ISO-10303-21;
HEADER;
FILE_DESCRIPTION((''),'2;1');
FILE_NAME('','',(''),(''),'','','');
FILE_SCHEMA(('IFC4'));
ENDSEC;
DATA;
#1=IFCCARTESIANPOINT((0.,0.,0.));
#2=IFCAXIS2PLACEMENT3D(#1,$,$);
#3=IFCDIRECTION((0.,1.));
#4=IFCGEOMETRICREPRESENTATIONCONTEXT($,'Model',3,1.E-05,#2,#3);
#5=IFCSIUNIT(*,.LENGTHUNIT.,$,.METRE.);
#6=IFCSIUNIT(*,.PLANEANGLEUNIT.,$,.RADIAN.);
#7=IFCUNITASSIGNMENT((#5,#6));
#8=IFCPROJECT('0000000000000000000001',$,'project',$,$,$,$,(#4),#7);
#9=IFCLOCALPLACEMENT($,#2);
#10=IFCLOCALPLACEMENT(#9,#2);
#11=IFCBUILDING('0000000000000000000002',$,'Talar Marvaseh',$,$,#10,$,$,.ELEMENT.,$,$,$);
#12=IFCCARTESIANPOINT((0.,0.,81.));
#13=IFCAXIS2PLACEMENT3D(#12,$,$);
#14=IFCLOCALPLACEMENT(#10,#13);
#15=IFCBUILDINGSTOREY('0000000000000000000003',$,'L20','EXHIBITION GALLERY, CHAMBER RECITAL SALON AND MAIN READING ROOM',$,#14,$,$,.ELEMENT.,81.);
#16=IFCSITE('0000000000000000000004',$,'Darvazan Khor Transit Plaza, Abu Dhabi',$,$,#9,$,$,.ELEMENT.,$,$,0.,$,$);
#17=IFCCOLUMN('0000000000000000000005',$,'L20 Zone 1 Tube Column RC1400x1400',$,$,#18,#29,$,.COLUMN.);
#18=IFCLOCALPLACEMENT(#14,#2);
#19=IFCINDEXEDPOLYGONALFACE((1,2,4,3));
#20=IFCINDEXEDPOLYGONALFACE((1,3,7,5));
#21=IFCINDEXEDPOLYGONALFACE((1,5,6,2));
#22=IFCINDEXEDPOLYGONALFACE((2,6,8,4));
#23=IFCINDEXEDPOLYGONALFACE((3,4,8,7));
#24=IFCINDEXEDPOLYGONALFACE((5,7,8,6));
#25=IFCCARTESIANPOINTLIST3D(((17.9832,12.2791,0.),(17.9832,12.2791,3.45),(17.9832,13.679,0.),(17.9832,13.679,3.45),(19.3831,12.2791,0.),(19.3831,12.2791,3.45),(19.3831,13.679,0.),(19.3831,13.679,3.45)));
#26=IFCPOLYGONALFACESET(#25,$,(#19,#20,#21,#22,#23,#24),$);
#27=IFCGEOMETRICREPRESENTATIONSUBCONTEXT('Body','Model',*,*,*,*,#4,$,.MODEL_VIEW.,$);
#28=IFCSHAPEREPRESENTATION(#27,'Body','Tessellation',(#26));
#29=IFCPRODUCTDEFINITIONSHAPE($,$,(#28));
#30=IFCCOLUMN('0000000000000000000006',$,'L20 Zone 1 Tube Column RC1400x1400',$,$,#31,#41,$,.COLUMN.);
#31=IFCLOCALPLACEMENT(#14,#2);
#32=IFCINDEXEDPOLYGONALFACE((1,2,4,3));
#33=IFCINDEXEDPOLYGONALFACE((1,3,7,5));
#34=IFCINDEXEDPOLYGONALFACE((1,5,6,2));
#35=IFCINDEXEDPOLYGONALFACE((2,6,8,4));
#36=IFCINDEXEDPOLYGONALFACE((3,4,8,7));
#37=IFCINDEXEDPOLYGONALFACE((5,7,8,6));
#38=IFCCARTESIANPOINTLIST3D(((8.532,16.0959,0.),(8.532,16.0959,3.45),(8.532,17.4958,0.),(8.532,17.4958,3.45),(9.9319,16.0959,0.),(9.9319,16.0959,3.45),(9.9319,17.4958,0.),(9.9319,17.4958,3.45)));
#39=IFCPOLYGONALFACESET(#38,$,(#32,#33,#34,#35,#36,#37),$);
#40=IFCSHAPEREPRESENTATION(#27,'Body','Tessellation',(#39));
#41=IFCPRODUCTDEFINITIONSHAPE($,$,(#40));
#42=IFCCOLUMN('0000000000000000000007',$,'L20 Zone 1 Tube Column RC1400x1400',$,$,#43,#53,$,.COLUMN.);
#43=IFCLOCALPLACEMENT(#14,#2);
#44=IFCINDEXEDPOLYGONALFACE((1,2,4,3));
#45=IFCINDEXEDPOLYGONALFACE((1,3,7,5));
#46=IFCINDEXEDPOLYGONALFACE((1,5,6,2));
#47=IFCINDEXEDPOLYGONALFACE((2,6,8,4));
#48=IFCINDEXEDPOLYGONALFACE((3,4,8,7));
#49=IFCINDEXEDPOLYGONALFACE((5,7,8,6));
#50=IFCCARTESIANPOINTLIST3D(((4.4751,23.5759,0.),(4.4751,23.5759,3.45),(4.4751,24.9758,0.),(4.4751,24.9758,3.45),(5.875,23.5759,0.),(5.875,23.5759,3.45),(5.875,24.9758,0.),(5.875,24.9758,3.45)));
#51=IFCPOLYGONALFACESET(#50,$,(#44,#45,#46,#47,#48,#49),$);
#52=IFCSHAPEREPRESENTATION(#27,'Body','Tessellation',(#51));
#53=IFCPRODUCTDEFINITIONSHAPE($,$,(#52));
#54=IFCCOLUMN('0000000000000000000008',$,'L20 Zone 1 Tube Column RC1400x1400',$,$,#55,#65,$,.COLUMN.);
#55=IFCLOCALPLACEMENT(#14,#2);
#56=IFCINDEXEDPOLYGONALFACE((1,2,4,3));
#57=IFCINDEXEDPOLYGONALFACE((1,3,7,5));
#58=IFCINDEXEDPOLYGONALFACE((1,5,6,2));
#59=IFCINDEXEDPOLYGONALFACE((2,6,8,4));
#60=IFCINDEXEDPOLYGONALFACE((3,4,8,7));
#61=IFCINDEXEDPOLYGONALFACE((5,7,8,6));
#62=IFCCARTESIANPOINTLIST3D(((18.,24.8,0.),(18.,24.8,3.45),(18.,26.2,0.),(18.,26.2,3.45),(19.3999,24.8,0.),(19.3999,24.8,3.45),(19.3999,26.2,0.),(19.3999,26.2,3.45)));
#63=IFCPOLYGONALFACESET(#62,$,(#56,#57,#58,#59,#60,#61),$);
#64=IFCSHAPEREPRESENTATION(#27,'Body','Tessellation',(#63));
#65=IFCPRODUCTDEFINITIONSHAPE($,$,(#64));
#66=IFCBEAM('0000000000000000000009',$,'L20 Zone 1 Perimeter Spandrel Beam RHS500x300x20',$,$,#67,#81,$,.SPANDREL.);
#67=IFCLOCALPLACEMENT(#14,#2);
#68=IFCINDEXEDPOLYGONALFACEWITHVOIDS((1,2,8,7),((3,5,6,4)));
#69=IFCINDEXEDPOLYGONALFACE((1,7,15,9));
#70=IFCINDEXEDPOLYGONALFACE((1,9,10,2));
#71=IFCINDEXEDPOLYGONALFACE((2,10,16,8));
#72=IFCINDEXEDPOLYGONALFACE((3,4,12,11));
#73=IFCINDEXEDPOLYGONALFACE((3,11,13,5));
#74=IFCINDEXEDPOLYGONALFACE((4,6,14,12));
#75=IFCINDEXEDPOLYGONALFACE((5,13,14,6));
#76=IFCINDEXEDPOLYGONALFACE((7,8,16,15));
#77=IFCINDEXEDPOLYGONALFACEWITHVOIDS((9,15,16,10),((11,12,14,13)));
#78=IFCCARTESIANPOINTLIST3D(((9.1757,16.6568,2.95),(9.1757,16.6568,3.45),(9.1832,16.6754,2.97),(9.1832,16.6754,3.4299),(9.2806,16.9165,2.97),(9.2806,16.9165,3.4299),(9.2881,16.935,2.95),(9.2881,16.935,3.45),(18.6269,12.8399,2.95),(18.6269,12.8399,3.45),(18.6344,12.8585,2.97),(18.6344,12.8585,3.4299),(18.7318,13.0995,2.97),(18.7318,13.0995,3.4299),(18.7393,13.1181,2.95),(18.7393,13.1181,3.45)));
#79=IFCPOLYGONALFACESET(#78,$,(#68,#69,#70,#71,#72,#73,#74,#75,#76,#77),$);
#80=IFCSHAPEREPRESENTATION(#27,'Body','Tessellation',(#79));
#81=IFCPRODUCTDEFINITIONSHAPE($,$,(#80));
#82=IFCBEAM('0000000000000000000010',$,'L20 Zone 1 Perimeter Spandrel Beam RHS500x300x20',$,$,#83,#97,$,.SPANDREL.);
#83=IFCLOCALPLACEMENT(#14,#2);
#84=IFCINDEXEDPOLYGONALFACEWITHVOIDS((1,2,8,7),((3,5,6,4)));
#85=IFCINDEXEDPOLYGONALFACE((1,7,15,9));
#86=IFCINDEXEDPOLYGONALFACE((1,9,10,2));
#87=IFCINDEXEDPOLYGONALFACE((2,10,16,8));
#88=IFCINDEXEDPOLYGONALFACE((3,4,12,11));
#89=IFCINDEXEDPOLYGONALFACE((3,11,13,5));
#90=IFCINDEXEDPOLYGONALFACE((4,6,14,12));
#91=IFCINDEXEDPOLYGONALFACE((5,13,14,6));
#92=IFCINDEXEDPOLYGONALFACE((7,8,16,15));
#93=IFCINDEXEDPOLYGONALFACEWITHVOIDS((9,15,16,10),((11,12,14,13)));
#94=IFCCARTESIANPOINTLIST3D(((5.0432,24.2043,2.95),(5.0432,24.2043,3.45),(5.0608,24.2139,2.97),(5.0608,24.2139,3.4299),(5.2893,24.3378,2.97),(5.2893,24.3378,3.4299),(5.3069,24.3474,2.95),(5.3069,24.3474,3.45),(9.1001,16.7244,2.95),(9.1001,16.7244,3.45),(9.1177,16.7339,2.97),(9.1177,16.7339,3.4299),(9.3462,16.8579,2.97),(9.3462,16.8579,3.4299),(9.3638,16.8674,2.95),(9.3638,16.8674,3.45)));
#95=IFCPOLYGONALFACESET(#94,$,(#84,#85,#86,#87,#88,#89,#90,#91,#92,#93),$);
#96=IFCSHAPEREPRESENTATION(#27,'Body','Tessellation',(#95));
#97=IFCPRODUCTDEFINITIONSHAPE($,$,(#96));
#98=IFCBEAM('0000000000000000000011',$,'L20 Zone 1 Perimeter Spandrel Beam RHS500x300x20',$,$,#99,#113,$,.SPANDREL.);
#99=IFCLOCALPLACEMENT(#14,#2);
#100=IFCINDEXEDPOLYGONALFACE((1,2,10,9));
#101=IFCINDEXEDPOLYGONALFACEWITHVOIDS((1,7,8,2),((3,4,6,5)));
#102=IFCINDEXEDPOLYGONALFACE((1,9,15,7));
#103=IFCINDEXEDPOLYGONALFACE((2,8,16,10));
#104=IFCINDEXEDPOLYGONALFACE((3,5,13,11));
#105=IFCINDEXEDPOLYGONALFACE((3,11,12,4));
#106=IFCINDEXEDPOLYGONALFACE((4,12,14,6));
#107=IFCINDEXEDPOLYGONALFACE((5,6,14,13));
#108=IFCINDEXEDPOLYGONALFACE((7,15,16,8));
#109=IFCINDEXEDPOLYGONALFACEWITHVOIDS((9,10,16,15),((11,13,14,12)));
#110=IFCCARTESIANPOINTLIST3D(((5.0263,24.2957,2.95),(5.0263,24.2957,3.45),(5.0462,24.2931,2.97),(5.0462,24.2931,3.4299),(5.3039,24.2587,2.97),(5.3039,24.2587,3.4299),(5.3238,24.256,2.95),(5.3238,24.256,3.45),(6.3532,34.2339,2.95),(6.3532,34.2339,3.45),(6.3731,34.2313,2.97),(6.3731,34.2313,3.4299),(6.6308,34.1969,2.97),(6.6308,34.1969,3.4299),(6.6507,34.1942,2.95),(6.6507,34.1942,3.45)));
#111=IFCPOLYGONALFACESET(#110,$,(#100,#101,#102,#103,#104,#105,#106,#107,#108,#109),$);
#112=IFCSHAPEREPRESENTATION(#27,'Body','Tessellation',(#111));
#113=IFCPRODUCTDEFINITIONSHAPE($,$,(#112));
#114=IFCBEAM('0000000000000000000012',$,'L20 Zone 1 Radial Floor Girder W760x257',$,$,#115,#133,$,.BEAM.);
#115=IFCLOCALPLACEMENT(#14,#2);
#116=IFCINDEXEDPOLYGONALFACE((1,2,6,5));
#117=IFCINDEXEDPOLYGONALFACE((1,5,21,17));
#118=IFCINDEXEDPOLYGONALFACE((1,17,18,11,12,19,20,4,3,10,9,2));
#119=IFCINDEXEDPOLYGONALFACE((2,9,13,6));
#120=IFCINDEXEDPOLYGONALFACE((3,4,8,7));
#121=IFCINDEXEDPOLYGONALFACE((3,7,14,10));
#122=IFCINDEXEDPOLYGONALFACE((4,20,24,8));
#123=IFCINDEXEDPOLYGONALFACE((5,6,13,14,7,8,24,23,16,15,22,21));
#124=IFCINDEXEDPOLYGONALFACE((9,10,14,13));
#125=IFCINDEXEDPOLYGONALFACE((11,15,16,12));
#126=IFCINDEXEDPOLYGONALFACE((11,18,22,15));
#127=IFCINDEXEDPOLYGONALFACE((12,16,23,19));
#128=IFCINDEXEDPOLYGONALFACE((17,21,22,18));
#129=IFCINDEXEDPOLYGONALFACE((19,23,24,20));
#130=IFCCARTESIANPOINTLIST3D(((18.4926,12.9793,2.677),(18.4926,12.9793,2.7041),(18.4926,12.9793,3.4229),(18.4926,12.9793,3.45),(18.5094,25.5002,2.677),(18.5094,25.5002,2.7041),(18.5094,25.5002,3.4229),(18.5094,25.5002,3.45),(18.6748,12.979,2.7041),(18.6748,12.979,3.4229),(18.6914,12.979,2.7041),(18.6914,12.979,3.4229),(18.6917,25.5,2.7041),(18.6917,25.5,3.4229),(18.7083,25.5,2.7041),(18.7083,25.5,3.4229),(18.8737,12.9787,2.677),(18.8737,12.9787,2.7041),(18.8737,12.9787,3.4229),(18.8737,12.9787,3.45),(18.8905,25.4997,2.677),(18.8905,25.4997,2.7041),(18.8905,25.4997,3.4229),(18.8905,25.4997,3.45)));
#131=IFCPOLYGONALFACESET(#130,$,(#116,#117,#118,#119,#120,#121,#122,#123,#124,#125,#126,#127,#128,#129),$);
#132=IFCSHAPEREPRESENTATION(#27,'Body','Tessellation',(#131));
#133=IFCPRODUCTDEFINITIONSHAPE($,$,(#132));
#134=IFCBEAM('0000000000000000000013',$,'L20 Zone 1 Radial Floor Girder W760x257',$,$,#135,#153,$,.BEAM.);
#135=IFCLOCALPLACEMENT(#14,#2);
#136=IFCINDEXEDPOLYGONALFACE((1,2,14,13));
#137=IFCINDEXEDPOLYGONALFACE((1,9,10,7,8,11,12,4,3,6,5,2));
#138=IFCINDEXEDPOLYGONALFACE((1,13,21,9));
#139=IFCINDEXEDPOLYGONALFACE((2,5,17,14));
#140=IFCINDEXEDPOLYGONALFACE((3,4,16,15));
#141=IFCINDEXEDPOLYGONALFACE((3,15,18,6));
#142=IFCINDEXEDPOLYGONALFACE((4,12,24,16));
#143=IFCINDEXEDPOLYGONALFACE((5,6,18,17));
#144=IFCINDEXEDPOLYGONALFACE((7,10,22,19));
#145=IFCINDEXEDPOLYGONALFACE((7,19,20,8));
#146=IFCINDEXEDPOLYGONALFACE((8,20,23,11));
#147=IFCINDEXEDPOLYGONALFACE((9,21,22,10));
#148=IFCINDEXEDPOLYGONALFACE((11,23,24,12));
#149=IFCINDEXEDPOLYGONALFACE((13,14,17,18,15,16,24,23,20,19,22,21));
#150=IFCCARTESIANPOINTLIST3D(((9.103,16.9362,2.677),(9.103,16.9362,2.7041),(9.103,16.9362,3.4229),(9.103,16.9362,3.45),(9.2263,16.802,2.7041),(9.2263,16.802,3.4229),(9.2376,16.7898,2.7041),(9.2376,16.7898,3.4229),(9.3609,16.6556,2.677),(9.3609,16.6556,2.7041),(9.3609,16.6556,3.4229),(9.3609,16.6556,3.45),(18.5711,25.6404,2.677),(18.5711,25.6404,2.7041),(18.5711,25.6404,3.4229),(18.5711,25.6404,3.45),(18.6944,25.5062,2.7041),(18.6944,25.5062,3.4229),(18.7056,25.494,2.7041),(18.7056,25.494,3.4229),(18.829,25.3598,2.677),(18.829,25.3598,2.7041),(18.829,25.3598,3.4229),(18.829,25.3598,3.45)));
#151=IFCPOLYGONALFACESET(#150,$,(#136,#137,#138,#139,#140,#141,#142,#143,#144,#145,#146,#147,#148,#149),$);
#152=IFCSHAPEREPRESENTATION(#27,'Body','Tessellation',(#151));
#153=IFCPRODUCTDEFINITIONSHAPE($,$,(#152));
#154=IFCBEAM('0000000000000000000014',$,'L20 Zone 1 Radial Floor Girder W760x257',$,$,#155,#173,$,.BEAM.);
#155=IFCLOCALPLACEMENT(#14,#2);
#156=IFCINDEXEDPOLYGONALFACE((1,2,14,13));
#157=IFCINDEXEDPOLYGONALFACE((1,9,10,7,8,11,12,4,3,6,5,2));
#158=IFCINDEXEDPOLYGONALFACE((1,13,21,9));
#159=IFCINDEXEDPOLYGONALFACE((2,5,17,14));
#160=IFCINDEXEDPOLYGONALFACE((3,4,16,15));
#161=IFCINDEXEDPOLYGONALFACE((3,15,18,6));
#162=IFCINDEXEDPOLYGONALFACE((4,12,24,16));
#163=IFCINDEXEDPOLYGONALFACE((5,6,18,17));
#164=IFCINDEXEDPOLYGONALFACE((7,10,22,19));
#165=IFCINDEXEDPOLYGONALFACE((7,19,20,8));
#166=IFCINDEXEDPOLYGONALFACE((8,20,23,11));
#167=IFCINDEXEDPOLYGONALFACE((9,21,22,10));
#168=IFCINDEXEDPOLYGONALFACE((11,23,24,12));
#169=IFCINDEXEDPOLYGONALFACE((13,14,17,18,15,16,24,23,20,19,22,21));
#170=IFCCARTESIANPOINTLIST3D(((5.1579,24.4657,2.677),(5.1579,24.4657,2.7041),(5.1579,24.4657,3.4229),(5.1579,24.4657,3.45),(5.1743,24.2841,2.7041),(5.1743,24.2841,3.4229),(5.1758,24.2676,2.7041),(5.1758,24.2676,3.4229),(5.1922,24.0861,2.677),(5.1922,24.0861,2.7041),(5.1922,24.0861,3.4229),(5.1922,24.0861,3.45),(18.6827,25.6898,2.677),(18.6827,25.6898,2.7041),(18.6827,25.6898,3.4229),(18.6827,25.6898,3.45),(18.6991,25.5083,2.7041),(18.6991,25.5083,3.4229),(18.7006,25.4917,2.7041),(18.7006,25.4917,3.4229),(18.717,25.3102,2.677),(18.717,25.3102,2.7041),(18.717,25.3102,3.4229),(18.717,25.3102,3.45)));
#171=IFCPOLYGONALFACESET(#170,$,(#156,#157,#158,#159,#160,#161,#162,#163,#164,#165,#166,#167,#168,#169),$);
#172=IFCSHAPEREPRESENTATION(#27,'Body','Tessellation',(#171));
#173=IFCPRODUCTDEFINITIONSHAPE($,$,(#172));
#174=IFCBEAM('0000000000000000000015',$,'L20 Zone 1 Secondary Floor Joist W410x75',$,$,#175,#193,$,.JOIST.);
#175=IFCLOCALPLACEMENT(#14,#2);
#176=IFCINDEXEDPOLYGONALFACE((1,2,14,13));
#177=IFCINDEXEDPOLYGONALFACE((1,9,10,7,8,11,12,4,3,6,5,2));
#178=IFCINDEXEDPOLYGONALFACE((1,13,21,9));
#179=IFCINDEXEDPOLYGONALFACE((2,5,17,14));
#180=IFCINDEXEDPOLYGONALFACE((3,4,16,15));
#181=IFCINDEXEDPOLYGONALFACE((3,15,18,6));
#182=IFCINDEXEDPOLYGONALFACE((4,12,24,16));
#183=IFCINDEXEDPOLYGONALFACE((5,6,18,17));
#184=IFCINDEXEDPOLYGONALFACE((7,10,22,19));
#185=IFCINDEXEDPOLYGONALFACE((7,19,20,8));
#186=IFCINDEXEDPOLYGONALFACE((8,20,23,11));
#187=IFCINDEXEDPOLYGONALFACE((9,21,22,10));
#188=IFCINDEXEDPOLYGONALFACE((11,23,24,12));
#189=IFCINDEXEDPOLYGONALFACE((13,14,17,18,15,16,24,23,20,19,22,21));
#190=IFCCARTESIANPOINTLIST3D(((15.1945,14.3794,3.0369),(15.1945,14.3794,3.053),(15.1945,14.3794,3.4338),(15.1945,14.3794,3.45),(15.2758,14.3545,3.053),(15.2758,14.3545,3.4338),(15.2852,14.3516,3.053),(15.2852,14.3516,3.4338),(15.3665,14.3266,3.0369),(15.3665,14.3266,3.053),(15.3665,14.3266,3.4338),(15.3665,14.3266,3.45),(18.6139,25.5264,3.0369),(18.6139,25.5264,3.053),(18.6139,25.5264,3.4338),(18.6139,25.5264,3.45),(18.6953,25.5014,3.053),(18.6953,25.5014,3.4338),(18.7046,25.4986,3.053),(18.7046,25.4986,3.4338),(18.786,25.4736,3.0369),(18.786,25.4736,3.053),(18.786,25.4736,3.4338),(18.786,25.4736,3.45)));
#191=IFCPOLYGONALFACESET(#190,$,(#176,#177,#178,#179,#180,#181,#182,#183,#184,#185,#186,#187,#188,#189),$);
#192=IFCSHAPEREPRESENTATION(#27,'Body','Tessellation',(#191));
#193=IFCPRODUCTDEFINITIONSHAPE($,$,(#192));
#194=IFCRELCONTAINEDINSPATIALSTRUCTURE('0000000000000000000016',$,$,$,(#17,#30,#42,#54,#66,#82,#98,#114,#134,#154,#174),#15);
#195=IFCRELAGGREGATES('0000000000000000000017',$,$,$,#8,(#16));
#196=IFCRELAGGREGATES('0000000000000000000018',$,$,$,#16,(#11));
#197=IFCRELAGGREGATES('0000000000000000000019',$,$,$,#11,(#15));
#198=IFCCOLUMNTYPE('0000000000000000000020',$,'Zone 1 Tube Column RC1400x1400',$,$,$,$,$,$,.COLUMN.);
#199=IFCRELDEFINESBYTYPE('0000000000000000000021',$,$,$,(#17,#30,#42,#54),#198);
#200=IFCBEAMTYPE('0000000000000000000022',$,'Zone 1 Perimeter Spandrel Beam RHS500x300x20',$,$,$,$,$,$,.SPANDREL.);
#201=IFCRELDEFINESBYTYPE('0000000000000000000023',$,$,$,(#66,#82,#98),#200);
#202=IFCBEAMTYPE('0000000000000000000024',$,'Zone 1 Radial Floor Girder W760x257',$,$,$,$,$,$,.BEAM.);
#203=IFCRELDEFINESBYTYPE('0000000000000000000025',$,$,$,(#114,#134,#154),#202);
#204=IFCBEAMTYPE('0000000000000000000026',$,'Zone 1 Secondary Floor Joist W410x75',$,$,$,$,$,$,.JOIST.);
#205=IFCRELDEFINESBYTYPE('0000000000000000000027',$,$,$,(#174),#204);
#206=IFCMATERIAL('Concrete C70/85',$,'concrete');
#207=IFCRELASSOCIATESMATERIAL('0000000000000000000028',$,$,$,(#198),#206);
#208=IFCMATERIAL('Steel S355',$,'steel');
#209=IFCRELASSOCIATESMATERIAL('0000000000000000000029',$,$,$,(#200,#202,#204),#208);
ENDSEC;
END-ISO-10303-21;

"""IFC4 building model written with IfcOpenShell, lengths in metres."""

from ifc_helpers import new_model, si_unit, direction, frame, origin, origin_2d, place, context, subcontext, project, spatial, rectangle, hollow_rectangle, i_section, extrude, material, material_profile, profile_set, type_object, element, save


model = new_model("IFC4")

# Units and contexts
model_context = context("Model", 3, precision=1e-05, world=origin(), true_north=direction((0.0, 1.0)))
body_context = subcontext(model_context, "Body", "Model", "MODEL_VIEW")
ifc_project = project(units=[si_unit("LENGTHUNIT", "METRE"), si_unit("PLANEANGLEUNIT", "RADIAN")], contexts=[model_context])

# Site, building, storey
site_placement = place(None, origin())
site = spatial("IfcSite", under=ifc_project, at=site_placement, Name="Darvazan Khor Transit Plaza, Abu Dhabi", CompositionType="ELEMENT", RefElevation=0.0)
building_placement = place(site_placement, origin())
building = spatial("IfcBuilding", under=site, at=building_placement, Name="Talar Marvaseh", CompositionType="ELEMENT")
storey_placement = place(building_placement, frame((0.0, 0.0, 81.0)))
storey = spatial("IfcBuildingStorey", under=building, at=storey_placement, Name="L20", Description="EXHIBITION GALLERY, CHAMBER RECITAL SALON AND MAIN READING ROOM", CompositionType="ELEMENT", Elevation=81.0)

# Columns
ifc_material_1 = material(Name="Concrete C70/85", Category="concrete")
ifc_material_profile_1 = material_profile(ifc_material_1, rectangle(XDim=1.3999, YDim=1.3999, at=origin_2d()), Name="RC1400x1400")
ifc_profile_set_1 = profile_set([ifc_material_profile_1], Name="Concrete C70/85")
column_type = type_object("IfcColumnType", Name="Zone 1 Tube Column RC1400x1400", PredefinedType="COLUMN", material=ifc_profile_set_1)
for number, where, z_axis, x_axis, name in (
    (1, (18.6831, 12.979, 0.0), (0.0, 0.0, 1.0), (1.0, 0.0, 0.0), "L20 Zone 1 Tube Column RC1400x1400"),
    (2, (9.2319, 16.7959, 0.0), (0.0, 0.0, 1.0), (1.0, 0.0, 0.0), "L20 Zone 1 Tube Column RC1400x1400"),
    (3, (5.175, 24.2759, 0.0), (0.0, 0.0, 1.0), (1.0, 0.0, 0.0), "L20 Zone 1 Tube Column RC1400x1400"),
    (4, (18.7, 25.5, 0.0), (0.0, 0.0, 1.0), (1.0, 0.0, 0.0), "L20 Zone 1 Tube Column RC1400x1400"),
):
    element("IfcColumn", number, at=place(storey_placement, frame(where, z_axis=z_axis, x_axis=x_axis)), inside=storey, type_object=column_type, Name=name, PredefinedType="COLUMN", context=body_context, shape_type="SweptSolid", body=[
        extrude(rectangle(XDim=1.3999, YDim=1.3999, at=origin_2d()), origin(), (0.0, 0.0, 1.0), 3.45),
    ])

# Beams
ifc_material_2 = material(Name="Steel S355", Category="steel")
ifc_material_profile_2 = material_profile(ifc_material_2, hollow_rectangle(XDim=0.3, YDim=0.5, WallThickness=0.02, at=origin_2d()), Name="RHS500x300x20")
ifc_profile_set_2 = profile_set([ifc_material_profile_2], Name="Steel S355")
beam_type_1 = type_object("IfcBeamType", Name="Zone 1 Perimeter Spandrel Beam RHS500x300x20", PredefinedType="SPANDREL", material=ifc_profile_set_2)
beam_1_placement = place(storey_placement, frame((18.6831, 12.979, 3.2), z_axis=(-0.927239, 0.374469, 0.0), x_axis=(-0.374469, -0.927239, 0.0)))
element("IfcBeam", 5, at=beam_1_placement, inside=storey, type_object=beam_type_1, Name="L20 Zone 1 Perimeter Spandrel Beam RHS500x300x20", PredefinedType="SPANDREL", context=body_context, shape_type="SweptSolid", body=[
    extrude(hollow_rectangle(XDim=0.3, YDim=0.5, WallThickness=0.02, at=origin_2d()), origin(), (0.0, 0.0, 1.0), 10.1929),
])
beam_2_placement = place(storey_placement, frame((9.2319, 16.7959, 3.2), z_axis=(-0.476758, 0.879035, 0.0), x_axis=(-0.879035, -0.476758, 0.0)))
element("IfcBeam", 6, at=beam_2_placement, inside=storey, type_object=beam_type_1, Name="L20 Zone 1 Perimeter Spandrel Beam RHS500x300x20", PredefinedType="SPANDREL", context=body_context, shape_type="SweptSolid", body=[
    extrude(hollow_rectangle(XDim=0.3, YDim=0.5, WallThickness=0.02, at=origin_2d()), origin(), (0.0, 0.0, 1.0), 8.5093),
])
beam_3_placement = place(storey_placement, frame((5.175, 24.2759, 3.2), z_axis=(0.132341, 0.991204, 0.0), x_axis=(-0.991204, 0.132341, 0.0)))
element("IfcBeam", 7, at=beam_3_placement, inside=storey, type_object=beam_type_1, Name="L20 Zone 1 Perimeter Spandrel Beam RHS500x300x20", PredefinedType="SPANDREL", context=body_context, shape_type="SweptSolid", body=[
    extrude(hollow_rectangle(XDim=0.3, YDim=0.5, WallThickness=0.02, at=origin_2d()), origin(), (0.0, 0.0, 1.0), 10.0264),
])
ifc_material_profile_3 = material_profile(ifc_material_2, i_section(OverallWidth=0.3811, OverallDepth=0.7729, WebThickness=0.0166, FlangeThickness=0.0271, at=origin_2d()), Name="W760x257")
ifc_profile_set_3 = profile_set([ifc_material_profile_3], Name="Steel S355")
beam_type_2 = type_object("IfcBeamType", Name="Zone 1 Radial Floor Girder W760x257", PredefinedType="BEAM", material=ifc_profile_set_3)
beam_4_placement = place(storey_placement, frame((18.6831, 12.979, 3.0635), z_axis=(0.001345, 0.999999, 0.0), x_axis=(-0.999999, 0.001345, 0.0)))
element("IfcBeam", 8, at=beam_4_placement, inside=storey, type_object=beam_type_2, Name="L20 Zone 1 Radial Floor Girder W760x257", PredefinedType="BEAM", context=body_context, shape_type="SweptSolid", body=[
    extrude(i_section(OverallWidth=0.3811, OverallDepth=0.7729, WebThickness=0.0166, FlangeThickness=0.0271, at=origin_2d()), origin(), (0.0, 0.0, 1.0), 12.521),
])
beam_5_placement = place(storey_placement, frame((9.2319, 16.7959, 3.0635), z_axis=(0.736182, 0.676784, 0.0), x_axis=(-0.676784, 0.736182, 0.0)))
element("IfcBeam", 9, at=beam_5_placement, inside=storey, type_object=beam_type_2, Name="L20 Zone 1 Radial Floor Girder W760x257", PredefinedType="BEAM", context=body_context, shape_type="SweptSolid", body=[
    extrude(i_section(OverallWidth=0.3811, OverallDepth=0.7729, WebThickness=0.0166, FlangeThickness=0.0271, at=origin_2d()), origin(), (0.0, 0.0, 1.0), 12.8611),
])
beam_6_placement = place(storey_placement, frame((5.175, 24.2759, 3.0635), z_axis=(0.995929, 0.09014, 0.0), x_axis=(-0.09014, 0.995929, 0.0)))
element("IfcBeam", 10, at=beam_6_placement, inside=storey, type_object=beam_type_2, Name="L20 Zone 1 Radial Floor Girder W760x257", PredefinedType="BEAM", context=body_context, shape_type="SweptSolid", body=[
    extrude(i_section(OverallWidth=0.3811, OverallDepth=0.7729, WebThickness=0.0166, FlangeThickness=0.0271, at=origin_2d()), origin(), (0.0, 0.0, 1.0), 13.5801),
])
ifc_material_profile_4 = material_profile(ifc_material_2, i_section(OverallWidth=0.1799, OverallDepth=0.4131, WebThickness=0.0098, FlangeThickness=0.0161, at=origin_2d()), Name="W410x75")
ifc_profile_set_4 = profile_set([ifc_material_profile_4], Name="Steel S355")
beam_type_3 = type_object("IfcBeamType", Name="Zone 1 Secondary Floor Joist W410x75", PredefinedType="JOIST", material=ifc_profile_set_4)
beam_7_placement = place(storey_placement, frame((15.2805, 14.353, 3.2434), z_axis=(0.293271, 0.956029, 0.0), x_axis=(-0.956029, 0.293271, 0.0)))
element("IfcBeam", 11, at=beam_7_placement, inside=storey, type_object=beam_type_3, Name="L20 Zone 1 Secondary Floor Joist W410x75", PredefinedType="JOIST", context=body_context, shape_type="SweptSolid", body=[
    extrude(i_section(OverallWidth=0.1799, OverallDepth=0.4131, WebThickness=0.0098, FlangeThickness=0.0161, at=origin_2d()), origin(), (0.0, 0.0, 1.0), 11.6597),
])

save(model, "model.ifc")
